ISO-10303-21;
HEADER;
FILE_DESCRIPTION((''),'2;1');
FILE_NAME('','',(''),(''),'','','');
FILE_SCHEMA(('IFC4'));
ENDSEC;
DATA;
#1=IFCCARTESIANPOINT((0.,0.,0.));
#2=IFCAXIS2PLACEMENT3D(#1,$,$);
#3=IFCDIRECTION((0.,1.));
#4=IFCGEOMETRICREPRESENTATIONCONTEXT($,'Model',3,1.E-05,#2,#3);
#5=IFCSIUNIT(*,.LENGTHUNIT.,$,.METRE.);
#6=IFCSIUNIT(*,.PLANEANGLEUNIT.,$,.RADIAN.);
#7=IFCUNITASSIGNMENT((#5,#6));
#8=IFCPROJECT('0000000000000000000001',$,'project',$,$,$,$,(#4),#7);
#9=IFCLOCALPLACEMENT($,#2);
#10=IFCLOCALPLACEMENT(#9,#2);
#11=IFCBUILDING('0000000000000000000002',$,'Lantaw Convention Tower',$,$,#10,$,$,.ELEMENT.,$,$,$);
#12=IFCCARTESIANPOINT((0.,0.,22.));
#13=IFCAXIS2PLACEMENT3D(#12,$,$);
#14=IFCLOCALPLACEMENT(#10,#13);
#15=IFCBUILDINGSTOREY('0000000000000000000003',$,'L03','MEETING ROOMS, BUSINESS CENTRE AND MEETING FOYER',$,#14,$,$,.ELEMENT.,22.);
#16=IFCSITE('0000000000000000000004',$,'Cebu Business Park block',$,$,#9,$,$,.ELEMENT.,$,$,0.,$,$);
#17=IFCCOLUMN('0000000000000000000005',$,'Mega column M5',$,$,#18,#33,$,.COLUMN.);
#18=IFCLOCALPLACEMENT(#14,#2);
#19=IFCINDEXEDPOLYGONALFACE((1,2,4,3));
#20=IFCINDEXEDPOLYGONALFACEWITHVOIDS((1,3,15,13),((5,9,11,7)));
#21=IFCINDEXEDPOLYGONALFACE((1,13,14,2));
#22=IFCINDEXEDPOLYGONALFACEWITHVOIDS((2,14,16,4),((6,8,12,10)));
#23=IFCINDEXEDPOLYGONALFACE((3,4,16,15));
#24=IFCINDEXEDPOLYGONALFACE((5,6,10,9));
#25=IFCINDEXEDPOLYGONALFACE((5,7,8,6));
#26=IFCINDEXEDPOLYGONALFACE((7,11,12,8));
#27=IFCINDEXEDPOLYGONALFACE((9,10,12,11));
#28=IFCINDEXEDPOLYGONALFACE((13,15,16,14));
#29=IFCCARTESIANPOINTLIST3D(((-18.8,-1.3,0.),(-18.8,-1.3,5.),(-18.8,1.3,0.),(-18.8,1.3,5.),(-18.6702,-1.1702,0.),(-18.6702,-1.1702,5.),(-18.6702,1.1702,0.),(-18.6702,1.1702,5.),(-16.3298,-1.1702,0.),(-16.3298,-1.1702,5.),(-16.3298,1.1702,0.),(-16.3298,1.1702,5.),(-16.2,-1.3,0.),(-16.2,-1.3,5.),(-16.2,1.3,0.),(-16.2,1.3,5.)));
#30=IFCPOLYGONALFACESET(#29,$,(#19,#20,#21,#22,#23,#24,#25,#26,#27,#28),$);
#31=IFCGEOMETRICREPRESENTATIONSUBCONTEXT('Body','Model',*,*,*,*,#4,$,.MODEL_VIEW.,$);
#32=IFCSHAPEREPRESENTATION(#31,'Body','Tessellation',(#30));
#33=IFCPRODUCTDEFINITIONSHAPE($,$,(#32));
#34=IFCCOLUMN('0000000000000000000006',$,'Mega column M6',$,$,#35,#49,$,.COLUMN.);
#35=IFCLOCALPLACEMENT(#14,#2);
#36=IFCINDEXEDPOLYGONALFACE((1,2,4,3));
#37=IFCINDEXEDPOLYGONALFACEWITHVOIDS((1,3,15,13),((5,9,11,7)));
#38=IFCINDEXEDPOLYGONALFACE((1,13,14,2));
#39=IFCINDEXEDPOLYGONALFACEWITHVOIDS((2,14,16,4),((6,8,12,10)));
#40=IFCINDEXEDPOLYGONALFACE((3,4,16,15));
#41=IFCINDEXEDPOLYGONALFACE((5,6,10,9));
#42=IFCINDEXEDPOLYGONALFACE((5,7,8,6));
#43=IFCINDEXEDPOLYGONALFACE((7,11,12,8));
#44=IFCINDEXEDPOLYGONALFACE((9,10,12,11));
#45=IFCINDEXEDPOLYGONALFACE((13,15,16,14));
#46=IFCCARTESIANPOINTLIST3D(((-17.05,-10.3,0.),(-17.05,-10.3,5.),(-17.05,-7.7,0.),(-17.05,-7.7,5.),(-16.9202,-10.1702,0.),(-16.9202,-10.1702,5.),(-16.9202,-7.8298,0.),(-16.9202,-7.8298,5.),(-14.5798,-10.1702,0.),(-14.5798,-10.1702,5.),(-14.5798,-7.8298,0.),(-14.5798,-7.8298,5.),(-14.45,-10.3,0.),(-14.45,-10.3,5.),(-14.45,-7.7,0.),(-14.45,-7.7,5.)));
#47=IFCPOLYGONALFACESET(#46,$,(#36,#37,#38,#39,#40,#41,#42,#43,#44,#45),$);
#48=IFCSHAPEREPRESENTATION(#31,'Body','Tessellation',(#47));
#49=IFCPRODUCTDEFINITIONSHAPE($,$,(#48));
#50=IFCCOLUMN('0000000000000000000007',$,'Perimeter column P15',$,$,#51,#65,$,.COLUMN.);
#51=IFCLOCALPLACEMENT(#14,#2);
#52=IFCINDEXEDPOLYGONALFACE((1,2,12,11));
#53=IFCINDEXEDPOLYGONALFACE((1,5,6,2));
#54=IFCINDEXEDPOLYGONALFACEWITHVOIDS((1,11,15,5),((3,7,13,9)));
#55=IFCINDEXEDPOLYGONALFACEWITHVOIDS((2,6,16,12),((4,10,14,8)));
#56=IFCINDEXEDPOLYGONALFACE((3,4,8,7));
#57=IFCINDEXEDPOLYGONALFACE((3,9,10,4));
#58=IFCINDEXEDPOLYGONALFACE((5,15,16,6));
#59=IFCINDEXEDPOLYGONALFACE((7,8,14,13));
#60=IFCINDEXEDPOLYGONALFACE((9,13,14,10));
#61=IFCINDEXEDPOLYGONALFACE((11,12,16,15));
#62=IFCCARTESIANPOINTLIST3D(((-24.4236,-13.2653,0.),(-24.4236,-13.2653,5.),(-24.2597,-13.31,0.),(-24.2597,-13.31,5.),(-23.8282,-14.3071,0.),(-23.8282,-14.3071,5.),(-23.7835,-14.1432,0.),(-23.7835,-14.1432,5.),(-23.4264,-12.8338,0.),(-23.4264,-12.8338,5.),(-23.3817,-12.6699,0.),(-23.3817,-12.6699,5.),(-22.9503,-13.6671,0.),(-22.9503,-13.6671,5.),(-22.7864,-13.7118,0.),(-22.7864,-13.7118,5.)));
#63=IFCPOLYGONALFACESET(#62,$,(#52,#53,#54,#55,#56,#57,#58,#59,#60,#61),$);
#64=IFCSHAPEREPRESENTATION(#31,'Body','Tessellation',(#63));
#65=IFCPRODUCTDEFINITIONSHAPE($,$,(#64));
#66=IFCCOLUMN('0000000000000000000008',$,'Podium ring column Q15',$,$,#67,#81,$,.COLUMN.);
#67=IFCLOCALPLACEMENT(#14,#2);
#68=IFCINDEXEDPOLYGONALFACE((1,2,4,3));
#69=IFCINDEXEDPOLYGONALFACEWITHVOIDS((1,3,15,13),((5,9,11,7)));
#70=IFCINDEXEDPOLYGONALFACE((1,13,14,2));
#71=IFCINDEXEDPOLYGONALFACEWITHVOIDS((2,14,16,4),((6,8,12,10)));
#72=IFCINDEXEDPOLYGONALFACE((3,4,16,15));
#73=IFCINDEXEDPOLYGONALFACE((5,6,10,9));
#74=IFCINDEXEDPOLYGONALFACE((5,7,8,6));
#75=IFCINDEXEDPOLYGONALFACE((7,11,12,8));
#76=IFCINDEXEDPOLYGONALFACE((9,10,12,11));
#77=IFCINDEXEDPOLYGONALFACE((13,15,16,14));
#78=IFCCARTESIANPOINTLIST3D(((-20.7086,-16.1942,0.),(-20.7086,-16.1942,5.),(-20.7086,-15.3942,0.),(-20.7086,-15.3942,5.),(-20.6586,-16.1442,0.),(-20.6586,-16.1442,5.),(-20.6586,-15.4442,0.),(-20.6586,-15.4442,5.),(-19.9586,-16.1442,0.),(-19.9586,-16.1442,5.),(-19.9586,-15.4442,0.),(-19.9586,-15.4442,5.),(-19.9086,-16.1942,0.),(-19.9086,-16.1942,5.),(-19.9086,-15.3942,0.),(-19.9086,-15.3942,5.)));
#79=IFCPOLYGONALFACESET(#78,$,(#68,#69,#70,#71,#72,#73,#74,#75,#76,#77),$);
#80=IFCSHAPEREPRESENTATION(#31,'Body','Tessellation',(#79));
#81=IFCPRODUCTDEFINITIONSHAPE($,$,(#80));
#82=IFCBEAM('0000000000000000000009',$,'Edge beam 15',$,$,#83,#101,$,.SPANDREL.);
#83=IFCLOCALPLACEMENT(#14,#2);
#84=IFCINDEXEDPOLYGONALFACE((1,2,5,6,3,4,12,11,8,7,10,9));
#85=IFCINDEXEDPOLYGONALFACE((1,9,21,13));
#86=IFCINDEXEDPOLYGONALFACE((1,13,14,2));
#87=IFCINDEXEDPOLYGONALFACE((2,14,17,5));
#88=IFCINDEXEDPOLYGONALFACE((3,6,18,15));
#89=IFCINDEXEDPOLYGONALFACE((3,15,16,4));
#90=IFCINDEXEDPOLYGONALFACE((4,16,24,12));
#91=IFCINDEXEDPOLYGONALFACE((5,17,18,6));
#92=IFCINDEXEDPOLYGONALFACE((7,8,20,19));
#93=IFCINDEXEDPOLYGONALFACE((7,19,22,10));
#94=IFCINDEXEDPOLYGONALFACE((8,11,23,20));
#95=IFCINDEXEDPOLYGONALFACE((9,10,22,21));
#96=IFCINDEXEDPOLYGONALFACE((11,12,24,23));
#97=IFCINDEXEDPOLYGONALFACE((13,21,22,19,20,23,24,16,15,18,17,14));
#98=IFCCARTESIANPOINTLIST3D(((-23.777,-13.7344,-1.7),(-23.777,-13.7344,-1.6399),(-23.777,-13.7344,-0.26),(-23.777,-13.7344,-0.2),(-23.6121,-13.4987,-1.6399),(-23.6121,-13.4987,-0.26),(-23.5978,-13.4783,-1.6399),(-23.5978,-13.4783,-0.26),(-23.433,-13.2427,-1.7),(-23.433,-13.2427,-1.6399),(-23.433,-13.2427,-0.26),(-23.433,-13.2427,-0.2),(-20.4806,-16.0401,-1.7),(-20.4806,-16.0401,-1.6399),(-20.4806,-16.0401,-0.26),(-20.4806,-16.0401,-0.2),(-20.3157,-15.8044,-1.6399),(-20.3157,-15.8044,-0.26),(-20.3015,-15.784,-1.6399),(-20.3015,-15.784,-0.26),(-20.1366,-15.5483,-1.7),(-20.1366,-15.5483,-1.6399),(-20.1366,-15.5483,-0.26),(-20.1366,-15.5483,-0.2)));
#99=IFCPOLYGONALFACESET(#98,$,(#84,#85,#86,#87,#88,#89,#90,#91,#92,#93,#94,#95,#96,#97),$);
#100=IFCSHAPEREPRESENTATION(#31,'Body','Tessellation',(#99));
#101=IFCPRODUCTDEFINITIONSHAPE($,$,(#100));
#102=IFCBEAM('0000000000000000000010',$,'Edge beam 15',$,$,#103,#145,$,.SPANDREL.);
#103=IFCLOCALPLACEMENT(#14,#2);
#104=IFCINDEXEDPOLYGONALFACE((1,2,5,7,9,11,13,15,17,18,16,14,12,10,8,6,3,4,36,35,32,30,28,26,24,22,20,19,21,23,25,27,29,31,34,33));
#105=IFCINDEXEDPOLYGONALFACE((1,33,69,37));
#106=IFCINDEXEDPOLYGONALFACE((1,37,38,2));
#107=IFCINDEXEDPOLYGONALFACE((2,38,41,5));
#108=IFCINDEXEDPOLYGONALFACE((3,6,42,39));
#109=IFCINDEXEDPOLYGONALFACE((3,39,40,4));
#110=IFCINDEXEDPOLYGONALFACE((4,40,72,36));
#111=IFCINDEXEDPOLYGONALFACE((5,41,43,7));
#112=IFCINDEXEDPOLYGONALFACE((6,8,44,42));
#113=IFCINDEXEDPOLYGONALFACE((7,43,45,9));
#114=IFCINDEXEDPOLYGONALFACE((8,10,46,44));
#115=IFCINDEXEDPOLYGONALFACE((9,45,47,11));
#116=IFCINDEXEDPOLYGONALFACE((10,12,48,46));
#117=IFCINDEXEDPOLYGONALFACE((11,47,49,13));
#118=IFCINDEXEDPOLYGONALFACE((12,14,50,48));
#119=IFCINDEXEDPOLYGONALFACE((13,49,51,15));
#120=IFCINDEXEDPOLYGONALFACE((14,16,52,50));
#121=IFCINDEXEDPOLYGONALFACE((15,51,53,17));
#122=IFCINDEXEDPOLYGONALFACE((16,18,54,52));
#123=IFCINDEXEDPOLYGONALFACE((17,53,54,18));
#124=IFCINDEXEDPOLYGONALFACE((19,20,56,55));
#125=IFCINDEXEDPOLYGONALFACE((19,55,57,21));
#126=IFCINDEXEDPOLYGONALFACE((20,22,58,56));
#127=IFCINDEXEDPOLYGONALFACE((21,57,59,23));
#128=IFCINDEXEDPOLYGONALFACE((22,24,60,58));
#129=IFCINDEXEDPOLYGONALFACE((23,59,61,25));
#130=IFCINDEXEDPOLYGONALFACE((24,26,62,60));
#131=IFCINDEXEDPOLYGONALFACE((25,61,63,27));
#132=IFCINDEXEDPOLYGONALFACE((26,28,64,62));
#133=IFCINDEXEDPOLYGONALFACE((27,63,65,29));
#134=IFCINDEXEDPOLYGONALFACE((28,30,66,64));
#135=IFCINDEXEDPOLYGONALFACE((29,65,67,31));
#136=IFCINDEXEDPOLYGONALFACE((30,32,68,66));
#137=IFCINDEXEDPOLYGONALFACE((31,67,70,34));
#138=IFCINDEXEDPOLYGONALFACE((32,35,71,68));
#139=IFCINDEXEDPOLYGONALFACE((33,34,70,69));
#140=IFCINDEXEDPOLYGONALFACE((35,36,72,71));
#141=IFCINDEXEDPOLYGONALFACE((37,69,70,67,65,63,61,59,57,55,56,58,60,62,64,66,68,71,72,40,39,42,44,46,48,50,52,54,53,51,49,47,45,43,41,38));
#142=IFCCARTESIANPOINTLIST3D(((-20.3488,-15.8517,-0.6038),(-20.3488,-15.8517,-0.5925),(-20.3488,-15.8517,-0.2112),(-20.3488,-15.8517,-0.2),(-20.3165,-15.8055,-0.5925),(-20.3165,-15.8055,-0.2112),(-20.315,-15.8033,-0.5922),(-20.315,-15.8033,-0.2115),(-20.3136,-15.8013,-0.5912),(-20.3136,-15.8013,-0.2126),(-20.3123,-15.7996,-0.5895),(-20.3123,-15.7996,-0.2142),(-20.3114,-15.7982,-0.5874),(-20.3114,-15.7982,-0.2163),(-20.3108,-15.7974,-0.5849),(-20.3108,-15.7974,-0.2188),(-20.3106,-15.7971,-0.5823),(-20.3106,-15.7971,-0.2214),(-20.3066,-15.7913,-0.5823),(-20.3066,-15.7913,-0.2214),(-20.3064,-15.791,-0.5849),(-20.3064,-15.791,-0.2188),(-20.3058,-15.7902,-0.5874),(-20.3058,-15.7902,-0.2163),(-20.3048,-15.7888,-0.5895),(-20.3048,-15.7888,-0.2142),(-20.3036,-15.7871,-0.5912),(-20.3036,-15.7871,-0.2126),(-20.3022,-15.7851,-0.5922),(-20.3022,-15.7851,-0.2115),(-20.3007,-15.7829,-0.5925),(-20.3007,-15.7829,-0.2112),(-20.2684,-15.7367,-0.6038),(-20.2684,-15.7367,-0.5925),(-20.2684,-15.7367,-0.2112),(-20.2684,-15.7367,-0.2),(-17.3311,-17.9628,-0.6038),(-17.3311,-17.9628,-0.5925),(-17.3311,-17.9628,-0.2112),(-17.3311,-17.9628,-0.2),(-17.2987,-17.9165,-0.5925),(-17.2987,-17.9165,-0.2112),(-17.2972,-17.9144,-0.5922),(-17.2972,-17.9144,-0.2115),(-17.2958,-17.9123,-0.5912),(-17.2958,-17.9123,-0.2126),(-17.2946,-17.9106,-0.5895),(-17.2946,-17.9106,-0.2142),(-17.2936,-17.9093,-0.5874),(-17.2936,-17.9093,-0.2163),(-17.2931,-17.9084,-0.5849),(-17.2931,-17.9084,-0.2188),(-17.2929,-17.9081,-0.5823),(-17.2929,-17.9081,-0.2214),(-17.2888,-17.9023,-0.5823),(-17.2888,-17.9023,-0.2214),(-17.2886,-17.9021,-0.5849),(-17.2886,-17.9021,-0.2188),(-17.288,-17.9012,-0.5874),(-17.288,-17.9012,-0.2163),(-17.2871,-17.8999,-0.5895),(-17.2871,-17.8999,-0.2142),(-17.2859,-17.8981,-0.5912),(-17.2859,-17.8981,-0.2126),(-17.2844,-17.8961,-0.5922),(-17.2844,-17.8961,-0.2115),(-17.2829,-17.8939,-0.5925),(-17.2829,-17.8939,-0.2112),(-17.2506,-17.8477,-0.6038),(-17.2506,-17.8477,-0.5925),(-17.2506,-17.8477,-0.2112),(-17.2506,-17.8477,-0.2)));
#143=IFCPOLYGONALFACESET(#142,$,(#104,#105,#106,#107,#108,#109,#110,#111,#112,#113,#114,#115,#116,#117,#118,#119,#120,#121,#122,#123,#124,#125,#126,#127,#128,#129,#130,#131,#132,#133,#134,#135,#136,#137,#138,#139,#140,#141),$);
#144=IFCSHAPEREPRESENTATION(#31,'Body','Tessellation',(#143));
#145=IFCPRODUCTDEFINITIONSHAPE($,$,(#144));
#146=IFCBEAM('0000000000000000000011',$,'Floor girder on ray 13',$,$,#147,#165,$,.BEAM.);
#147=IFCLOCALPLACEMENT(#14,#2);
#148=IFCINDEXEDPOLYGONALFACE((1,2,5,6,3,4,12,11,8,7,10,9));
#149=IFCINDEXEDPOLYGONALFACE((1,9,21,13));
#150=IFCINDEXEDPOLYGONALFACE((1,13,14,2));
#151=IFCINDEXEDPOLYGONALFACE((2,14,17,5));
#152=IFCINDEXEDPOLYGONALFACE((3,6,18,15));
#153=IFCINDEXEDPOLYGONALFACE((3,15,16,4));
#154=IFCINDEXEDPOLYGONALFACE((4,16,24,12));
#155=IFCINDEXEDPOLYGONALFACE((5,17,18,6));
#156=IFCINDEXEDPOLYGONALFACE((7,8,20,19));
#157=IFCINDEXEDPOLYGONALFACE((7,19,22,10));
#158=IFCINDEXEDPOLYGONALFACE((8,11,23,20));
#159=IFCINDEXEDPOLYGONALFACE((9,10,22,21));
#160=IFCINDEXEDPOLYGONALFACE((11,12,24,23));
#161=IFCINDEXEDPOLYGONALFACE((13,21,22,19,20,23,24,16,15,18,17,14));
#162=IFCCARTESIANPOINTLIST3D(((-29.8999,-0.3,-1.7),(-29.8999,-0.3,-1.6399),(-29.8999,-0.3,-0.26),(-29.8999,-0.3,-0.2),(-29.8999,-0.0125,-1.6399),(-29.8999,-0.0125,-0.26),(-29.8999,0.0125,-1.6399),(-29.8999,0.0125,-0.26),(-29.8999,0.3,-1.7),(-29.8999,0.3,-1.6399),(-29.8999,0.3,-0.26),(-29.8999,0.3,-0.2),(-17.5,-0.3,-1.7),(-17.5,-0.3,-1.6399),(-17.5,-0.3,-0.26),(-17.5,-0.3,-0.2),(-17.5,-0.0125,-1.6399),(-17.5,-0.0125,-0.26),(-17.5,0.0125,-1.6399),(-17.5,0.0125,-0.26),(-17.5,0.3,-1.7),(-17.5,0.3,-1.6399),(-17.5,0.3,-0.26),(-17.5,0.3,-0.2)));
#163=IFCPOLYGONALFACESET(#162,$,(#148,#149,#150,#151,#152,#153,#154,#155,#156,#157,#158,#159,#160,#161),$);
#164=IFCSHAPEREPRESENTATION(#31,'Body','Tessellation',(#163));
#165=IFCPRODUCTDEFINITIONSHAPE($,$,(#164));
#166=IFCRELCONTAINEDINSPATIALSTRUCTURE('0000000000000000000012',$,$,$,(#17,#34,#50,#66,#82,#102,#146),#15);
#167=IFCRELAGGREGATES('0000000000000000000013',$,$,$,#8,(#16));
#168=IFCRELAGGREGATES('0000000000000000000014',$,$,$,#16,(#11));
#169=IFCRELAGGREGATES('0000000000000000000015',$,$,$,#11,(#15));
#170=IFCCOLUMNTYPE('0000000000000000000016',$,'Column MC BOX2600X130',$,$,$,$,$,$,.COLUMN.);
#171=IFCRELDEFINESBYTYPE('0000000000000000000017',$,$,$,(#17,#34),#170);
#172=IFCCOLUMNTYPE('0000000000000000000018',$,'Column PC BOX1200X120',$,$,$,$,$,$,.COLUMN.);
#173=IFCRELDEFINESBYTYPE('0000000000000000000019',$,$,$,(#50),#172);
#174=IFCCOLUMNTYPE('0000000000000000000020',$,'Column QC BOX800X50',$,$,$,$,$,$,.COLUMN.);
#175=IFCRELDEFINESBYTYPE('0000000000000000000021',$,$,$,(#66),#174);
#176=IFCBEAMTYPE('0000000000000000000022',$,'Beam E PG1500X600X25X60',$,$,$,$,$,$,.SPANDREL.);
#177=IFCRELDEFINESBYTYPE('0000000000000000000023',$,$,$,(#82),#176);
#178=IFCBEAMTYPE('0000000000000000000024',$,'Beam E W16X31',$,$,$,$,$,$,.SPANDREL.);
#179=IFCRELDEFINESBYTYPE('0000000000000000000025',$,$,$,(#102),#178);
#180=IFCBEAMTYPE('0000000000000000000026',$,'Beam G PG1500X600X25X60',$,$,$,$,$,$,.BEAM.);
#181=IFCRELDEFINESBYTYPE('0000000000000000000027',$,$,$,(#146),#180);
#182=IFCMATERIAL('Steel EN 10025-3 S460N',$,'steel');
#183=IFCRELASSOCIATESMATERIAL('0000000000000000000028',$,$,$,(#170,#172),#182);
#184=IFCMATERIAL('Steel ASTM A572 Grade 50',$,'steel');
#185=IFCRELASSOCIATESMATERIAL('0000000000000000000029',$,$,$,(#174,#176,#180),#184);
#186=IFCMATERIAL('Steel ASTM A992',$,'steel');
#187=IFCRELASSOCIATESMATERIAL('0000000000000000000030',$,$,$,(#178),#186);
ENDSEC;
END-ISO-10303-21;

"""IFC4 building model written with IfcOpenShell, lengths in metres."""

from ifc_helpers import new_model, si_unit, direction, frame, origin, origin_2d, place, context, subcontext, project, spatial, rectangle, hollow_rectangle, i_section, extrude, material, material_profile, profile_set, type_object, element, save


model = new_model("IFC4")

# Units and contexts
model_context = context("Model", 3, precision=1e-05, world=origin(), true_north=direction((0.0, 1.0)))
body_context = subcontext(model_context, "Body", "Model", "MODEL_VIEW")
ifc_project = project(units=[si_unit("LENGTHUNIT", "METRE"), si_unit("PLANEANGLEUNIT", "RADIAN")], contexts=[model_context])

# Site, building, storey
site_placement = place(None, origin())
site = spatial("IfcSite", under=ifc_project, at=site_placement, Name="Cebu Business Park block", CompositionType="ELEMENT", RefElevation=0.0)
building_placement = place(site_placement, origin())
building = spatial("IfcBuilding", under=site, at=building_placement, Name="Lantaw Convention Tower", CompositionType="ELEMENT")
storey_placement = place(building_placement, frame((0.0, 0.0, 22.0)))
storey = spatial("IfcBuildingStorey", under=building, at=storey_placement, Name="L03", Description="MEETING ROOMS, BUSINESS CENTRE AND MEETING FOYER", CompositionType="ELEMENT", Elevation=22.0)

# Columns
ifc_material_1 = material(Name="Steel EN 10025-3 S460N", Category="steel")
ifc_material_profile_1 = material_profile(ifc_material_1, hollow_rectangle(XDim=2.6001, YDim=2.6001, WallThickness=0.1299, at=origin_2d()), Name="BOX2600X130")
ifc_material_2 = material(Name="Concrete C60/75", Category="concrete")
ifc_material_profile_2 = material_profile(ifc_material_2, rectangle(XDim=2.3401, YDim=2.3401, at=origin_2d()), Name="Concrete fill of BOX2600X130")
ifc_profile_set_1 = profile_set([ifc_material_profile_1, ifc_material_profile_2], Name="Steel EN 10025-3 S460N")
column_type_1 = type_object("IfcColumnType", Name="Column MC BOX2600X130", PredefinedType="COLUMN", material=ifc_profile_set_1)
for number, where, z_axis, x_axis, name in (
    (1, (-17.5, 0.0, 0.0), (0.0, 0.0, 1.0), (1.0, 0.0, 0.0), "Mega column M5"),
    (2, (-15.75, -9.0, 0.0), (0.0, 0.0, 1.0), (1.0, 0.0, 0.0), "Mega column M6"),
):
    element("IfcColumn", number, at=place(storey_placement, frame(where, z_axis=z_axis, x_axis=x_axis)), inside=storey, type_object=column_type_1, Name=name, PredefinedType="COLUMN", context=body_context, shape_type="SweptSolid", body=[
        extrude(hollow_rectangle(XDim=2.6001, YDim=2.6001, WallThickness=0.1299, at=origin_2d()), origin(), (0.0, 0.0, 1.0), 5.0),
    ])
ifc_material_profile_3 = material_profile(ifc_material_1, hollow_rectangle(XDim=1.2, YDim=1.2, WallThickness=0.1201, at=origin_2d()), Name="BOX1200X120")
ifc_material_profile_4 = material_profile(ifc_material_2, rectangle(XDim=0.96, YDim=0.96, at=origin_2d()), Name="Concrete fill of BOX1200X120")
ifc_profile_set_2 = profile_set([ifc_material_profile_3, ifc_material_profile_4], Name="Steel EN 10025-3 S460N")
column_type_2 = type_object("IfcColumnType", Name="Column PC BOX1200X120", PredefinedType="COLUMN", material=ifc_profile_set_2)
column_1_placement = place(storey_placement, frame((-23.605, -13.4885, 0.0), z_axis=(0.0, 0.0, 1.0), x_axis=(0.868243, 0.496139, 0.0)))
element("IfcColumn", 3, at=column_1_placement, inside=storey, type_object=column_type_2, Name="Perimeter column P15", PredefinedType="COLUMN", context=body_context, shape_type="SweptSolid", body=[
    extrude(hollow_rectangle(XDim=1.2, YDim=1.2, WallThickness=0.1201, at=origin_2d()), origin(), (0.0, 0.0, 1.0), 5.0),
])
ifc_material_3 = material(Name="Steel ASTM A572 Grade 50", Category="steel")
ifc_material_profile_5 = material_profile(ifc_material_3, hollow_rectangle(XDim=0.8, YDim=0.8, WallThickness=0.05, at=origin_2d()), Name="BOX800X50")
ifc_profile_set_3 = profile_set([ifc_material_profile_5], Name="Steel ASTM A572 Grade 50")
column_type_3 = type_object("IfcColumnType", Name="Column QC BOX800X50", PredefinedType="COLUMN", material=ifc_profile_set_3)
column_2_placement = place(storey_placement, frame((-20.3086, -15.7942, 0.0), z_axis=(0.0, 0.0, 1.0), x_axis=(1.0, 0.0, 0.0)))
element("IfcColumn", 4, at=column_2_placement, inside=storey, type_object=column_type_3, Name="Podium ring column Q15", PredefinedType="COLUMN", context=body_context, shape_type="SweptSolid", body=[
    extrude(hollow_rectangle(XDim=0.8, YDim=0.8, WallThickness=0.05, at=origin_2d()), origin(), (0.0, 0.0, 1.0), 5.0),
])

# Beams
ifc_material_profile_6 = material_profile(ifc_material_3, i_section(OverallWidth=0.6001, OverallDepth=1.5, WebThickness=0.0249, FlangeThickness=0.0601, at=origin_2d()), Name="PG1500X600X25X60")
ifc_profile_set_4 = profile_set([ifc_material_profile_6], Name="Steel ASTM A572 Grade 50")
beam_type_1 = type_object("IfcBeamType", Name="Beam E PG1500X600X25X60", PredefinedType="SPANDREL", material=ifc_profile_set_4)
beam_1_placement = place(storey_placement, frame((-23.605, -13.4885, -0.95), z_axis=(0.819443, -0.573161, 0.0), x_axis=(0.573161, 0.819443, 0.0)))
element("IfcBeam", 5, at=beam_1_placement, inside=storey, type_object=beam_type_1, Name="Edge beam 15", PredefinedType="SPANDREL", context=body_context, shape_type="SweptSolid", body=[
    extrude(i_section(OverallWidth=0.6001, OverallDepth=1.5, WebThickness=0.0249, FlangeThickness=0.0601, at=origin_2d()), origin(), (0.0, 0.0, 1.0), 4.0227),
])
ifc_material_4 = material(Name="Steel ASTM A992", Category="steel")
ifc_material_profile_7 = material_profile(ifc_material_4, i_section(OverallWidth=0.1404, OverallDepth=0.4038, WebThickness=0.0071, FlangeThickness=0.0112, FilletRadius=0.0103, at=origin_2d()), Name="W16X31")
ifc_profile_set_5 = profile_set([ifc_material_profile_7], Name="Steel ASTM A992")
beam_type_2 = type_object("IfcBeamType", Name="Beam E W16X31", PredefinedType="SPANDREL", material=ifc_profile_set_5)
beam_2_placement = place(storey_placement, frame((-20.3086, -15.7942, -0.4019), z_axis=(0.819409, -0.573209, 0.0), x_axis=(0.573209, 0.819409, 0.0)))
element("IfcBeam", 6, at=beam_2_placement, inside=storey, type_object=beam_type_2, Name="Edge beam 15", PredefinedType="SPANDREL", context=body_context, shape_type="SweptSolid", body=[
    extrude(i_section(OverallWidth=0.1404, OverallDepth=0.4038, WebThickness=0.0071, FlangeThickness=0.0112, FilletRadius=0.0103, at=origin_2d()), origin(), (0.0, 0.0, 1.0), 3.6829),
])
ifc_material_profile_8 = material_profile(ifc_material_3, i_section(OverallWidth=0.6001, OverallDepth=1.5, WebThickness=0.0249, FlangeThickness=0.0601, at=origin_2d()), Name="PG1500X600X25X60")
ifc_profile_set_6 = profile_set([ifc_material_profile_8], Name="Steel ASTM A572 Grade 50")
beam_type_3 = type_object("IfcBeamType", Name="Beam G PG1500X600X25X60", PredefinedType="BEAM", material=ifc_profile_set_6)
beam_3_placement = place(storey_placement, frame((-17.5, 0.0, -0.95), z_axis=(-1.0, 0.0, 0.0), x_axis=(0.0, -1.0, 0.0)))
element("IfcBeam", 7, at=beam_3_placement, inside=storey, type_object=beam_type_3, Name="Floor girder on ray 13", PredefinedType="BEAM", context=body_context, shape_type="SweptSolid", body=[
    extrude(i_section(OverallWidth=0.6001, OverallDepth=1.5, WebThickness=0.0249, FlangeThickness=0.0601, at=origin_2d()), origin(), (0.0, 0.0, 1.0), 12.3999),
])

save(model, "model.ifc")
